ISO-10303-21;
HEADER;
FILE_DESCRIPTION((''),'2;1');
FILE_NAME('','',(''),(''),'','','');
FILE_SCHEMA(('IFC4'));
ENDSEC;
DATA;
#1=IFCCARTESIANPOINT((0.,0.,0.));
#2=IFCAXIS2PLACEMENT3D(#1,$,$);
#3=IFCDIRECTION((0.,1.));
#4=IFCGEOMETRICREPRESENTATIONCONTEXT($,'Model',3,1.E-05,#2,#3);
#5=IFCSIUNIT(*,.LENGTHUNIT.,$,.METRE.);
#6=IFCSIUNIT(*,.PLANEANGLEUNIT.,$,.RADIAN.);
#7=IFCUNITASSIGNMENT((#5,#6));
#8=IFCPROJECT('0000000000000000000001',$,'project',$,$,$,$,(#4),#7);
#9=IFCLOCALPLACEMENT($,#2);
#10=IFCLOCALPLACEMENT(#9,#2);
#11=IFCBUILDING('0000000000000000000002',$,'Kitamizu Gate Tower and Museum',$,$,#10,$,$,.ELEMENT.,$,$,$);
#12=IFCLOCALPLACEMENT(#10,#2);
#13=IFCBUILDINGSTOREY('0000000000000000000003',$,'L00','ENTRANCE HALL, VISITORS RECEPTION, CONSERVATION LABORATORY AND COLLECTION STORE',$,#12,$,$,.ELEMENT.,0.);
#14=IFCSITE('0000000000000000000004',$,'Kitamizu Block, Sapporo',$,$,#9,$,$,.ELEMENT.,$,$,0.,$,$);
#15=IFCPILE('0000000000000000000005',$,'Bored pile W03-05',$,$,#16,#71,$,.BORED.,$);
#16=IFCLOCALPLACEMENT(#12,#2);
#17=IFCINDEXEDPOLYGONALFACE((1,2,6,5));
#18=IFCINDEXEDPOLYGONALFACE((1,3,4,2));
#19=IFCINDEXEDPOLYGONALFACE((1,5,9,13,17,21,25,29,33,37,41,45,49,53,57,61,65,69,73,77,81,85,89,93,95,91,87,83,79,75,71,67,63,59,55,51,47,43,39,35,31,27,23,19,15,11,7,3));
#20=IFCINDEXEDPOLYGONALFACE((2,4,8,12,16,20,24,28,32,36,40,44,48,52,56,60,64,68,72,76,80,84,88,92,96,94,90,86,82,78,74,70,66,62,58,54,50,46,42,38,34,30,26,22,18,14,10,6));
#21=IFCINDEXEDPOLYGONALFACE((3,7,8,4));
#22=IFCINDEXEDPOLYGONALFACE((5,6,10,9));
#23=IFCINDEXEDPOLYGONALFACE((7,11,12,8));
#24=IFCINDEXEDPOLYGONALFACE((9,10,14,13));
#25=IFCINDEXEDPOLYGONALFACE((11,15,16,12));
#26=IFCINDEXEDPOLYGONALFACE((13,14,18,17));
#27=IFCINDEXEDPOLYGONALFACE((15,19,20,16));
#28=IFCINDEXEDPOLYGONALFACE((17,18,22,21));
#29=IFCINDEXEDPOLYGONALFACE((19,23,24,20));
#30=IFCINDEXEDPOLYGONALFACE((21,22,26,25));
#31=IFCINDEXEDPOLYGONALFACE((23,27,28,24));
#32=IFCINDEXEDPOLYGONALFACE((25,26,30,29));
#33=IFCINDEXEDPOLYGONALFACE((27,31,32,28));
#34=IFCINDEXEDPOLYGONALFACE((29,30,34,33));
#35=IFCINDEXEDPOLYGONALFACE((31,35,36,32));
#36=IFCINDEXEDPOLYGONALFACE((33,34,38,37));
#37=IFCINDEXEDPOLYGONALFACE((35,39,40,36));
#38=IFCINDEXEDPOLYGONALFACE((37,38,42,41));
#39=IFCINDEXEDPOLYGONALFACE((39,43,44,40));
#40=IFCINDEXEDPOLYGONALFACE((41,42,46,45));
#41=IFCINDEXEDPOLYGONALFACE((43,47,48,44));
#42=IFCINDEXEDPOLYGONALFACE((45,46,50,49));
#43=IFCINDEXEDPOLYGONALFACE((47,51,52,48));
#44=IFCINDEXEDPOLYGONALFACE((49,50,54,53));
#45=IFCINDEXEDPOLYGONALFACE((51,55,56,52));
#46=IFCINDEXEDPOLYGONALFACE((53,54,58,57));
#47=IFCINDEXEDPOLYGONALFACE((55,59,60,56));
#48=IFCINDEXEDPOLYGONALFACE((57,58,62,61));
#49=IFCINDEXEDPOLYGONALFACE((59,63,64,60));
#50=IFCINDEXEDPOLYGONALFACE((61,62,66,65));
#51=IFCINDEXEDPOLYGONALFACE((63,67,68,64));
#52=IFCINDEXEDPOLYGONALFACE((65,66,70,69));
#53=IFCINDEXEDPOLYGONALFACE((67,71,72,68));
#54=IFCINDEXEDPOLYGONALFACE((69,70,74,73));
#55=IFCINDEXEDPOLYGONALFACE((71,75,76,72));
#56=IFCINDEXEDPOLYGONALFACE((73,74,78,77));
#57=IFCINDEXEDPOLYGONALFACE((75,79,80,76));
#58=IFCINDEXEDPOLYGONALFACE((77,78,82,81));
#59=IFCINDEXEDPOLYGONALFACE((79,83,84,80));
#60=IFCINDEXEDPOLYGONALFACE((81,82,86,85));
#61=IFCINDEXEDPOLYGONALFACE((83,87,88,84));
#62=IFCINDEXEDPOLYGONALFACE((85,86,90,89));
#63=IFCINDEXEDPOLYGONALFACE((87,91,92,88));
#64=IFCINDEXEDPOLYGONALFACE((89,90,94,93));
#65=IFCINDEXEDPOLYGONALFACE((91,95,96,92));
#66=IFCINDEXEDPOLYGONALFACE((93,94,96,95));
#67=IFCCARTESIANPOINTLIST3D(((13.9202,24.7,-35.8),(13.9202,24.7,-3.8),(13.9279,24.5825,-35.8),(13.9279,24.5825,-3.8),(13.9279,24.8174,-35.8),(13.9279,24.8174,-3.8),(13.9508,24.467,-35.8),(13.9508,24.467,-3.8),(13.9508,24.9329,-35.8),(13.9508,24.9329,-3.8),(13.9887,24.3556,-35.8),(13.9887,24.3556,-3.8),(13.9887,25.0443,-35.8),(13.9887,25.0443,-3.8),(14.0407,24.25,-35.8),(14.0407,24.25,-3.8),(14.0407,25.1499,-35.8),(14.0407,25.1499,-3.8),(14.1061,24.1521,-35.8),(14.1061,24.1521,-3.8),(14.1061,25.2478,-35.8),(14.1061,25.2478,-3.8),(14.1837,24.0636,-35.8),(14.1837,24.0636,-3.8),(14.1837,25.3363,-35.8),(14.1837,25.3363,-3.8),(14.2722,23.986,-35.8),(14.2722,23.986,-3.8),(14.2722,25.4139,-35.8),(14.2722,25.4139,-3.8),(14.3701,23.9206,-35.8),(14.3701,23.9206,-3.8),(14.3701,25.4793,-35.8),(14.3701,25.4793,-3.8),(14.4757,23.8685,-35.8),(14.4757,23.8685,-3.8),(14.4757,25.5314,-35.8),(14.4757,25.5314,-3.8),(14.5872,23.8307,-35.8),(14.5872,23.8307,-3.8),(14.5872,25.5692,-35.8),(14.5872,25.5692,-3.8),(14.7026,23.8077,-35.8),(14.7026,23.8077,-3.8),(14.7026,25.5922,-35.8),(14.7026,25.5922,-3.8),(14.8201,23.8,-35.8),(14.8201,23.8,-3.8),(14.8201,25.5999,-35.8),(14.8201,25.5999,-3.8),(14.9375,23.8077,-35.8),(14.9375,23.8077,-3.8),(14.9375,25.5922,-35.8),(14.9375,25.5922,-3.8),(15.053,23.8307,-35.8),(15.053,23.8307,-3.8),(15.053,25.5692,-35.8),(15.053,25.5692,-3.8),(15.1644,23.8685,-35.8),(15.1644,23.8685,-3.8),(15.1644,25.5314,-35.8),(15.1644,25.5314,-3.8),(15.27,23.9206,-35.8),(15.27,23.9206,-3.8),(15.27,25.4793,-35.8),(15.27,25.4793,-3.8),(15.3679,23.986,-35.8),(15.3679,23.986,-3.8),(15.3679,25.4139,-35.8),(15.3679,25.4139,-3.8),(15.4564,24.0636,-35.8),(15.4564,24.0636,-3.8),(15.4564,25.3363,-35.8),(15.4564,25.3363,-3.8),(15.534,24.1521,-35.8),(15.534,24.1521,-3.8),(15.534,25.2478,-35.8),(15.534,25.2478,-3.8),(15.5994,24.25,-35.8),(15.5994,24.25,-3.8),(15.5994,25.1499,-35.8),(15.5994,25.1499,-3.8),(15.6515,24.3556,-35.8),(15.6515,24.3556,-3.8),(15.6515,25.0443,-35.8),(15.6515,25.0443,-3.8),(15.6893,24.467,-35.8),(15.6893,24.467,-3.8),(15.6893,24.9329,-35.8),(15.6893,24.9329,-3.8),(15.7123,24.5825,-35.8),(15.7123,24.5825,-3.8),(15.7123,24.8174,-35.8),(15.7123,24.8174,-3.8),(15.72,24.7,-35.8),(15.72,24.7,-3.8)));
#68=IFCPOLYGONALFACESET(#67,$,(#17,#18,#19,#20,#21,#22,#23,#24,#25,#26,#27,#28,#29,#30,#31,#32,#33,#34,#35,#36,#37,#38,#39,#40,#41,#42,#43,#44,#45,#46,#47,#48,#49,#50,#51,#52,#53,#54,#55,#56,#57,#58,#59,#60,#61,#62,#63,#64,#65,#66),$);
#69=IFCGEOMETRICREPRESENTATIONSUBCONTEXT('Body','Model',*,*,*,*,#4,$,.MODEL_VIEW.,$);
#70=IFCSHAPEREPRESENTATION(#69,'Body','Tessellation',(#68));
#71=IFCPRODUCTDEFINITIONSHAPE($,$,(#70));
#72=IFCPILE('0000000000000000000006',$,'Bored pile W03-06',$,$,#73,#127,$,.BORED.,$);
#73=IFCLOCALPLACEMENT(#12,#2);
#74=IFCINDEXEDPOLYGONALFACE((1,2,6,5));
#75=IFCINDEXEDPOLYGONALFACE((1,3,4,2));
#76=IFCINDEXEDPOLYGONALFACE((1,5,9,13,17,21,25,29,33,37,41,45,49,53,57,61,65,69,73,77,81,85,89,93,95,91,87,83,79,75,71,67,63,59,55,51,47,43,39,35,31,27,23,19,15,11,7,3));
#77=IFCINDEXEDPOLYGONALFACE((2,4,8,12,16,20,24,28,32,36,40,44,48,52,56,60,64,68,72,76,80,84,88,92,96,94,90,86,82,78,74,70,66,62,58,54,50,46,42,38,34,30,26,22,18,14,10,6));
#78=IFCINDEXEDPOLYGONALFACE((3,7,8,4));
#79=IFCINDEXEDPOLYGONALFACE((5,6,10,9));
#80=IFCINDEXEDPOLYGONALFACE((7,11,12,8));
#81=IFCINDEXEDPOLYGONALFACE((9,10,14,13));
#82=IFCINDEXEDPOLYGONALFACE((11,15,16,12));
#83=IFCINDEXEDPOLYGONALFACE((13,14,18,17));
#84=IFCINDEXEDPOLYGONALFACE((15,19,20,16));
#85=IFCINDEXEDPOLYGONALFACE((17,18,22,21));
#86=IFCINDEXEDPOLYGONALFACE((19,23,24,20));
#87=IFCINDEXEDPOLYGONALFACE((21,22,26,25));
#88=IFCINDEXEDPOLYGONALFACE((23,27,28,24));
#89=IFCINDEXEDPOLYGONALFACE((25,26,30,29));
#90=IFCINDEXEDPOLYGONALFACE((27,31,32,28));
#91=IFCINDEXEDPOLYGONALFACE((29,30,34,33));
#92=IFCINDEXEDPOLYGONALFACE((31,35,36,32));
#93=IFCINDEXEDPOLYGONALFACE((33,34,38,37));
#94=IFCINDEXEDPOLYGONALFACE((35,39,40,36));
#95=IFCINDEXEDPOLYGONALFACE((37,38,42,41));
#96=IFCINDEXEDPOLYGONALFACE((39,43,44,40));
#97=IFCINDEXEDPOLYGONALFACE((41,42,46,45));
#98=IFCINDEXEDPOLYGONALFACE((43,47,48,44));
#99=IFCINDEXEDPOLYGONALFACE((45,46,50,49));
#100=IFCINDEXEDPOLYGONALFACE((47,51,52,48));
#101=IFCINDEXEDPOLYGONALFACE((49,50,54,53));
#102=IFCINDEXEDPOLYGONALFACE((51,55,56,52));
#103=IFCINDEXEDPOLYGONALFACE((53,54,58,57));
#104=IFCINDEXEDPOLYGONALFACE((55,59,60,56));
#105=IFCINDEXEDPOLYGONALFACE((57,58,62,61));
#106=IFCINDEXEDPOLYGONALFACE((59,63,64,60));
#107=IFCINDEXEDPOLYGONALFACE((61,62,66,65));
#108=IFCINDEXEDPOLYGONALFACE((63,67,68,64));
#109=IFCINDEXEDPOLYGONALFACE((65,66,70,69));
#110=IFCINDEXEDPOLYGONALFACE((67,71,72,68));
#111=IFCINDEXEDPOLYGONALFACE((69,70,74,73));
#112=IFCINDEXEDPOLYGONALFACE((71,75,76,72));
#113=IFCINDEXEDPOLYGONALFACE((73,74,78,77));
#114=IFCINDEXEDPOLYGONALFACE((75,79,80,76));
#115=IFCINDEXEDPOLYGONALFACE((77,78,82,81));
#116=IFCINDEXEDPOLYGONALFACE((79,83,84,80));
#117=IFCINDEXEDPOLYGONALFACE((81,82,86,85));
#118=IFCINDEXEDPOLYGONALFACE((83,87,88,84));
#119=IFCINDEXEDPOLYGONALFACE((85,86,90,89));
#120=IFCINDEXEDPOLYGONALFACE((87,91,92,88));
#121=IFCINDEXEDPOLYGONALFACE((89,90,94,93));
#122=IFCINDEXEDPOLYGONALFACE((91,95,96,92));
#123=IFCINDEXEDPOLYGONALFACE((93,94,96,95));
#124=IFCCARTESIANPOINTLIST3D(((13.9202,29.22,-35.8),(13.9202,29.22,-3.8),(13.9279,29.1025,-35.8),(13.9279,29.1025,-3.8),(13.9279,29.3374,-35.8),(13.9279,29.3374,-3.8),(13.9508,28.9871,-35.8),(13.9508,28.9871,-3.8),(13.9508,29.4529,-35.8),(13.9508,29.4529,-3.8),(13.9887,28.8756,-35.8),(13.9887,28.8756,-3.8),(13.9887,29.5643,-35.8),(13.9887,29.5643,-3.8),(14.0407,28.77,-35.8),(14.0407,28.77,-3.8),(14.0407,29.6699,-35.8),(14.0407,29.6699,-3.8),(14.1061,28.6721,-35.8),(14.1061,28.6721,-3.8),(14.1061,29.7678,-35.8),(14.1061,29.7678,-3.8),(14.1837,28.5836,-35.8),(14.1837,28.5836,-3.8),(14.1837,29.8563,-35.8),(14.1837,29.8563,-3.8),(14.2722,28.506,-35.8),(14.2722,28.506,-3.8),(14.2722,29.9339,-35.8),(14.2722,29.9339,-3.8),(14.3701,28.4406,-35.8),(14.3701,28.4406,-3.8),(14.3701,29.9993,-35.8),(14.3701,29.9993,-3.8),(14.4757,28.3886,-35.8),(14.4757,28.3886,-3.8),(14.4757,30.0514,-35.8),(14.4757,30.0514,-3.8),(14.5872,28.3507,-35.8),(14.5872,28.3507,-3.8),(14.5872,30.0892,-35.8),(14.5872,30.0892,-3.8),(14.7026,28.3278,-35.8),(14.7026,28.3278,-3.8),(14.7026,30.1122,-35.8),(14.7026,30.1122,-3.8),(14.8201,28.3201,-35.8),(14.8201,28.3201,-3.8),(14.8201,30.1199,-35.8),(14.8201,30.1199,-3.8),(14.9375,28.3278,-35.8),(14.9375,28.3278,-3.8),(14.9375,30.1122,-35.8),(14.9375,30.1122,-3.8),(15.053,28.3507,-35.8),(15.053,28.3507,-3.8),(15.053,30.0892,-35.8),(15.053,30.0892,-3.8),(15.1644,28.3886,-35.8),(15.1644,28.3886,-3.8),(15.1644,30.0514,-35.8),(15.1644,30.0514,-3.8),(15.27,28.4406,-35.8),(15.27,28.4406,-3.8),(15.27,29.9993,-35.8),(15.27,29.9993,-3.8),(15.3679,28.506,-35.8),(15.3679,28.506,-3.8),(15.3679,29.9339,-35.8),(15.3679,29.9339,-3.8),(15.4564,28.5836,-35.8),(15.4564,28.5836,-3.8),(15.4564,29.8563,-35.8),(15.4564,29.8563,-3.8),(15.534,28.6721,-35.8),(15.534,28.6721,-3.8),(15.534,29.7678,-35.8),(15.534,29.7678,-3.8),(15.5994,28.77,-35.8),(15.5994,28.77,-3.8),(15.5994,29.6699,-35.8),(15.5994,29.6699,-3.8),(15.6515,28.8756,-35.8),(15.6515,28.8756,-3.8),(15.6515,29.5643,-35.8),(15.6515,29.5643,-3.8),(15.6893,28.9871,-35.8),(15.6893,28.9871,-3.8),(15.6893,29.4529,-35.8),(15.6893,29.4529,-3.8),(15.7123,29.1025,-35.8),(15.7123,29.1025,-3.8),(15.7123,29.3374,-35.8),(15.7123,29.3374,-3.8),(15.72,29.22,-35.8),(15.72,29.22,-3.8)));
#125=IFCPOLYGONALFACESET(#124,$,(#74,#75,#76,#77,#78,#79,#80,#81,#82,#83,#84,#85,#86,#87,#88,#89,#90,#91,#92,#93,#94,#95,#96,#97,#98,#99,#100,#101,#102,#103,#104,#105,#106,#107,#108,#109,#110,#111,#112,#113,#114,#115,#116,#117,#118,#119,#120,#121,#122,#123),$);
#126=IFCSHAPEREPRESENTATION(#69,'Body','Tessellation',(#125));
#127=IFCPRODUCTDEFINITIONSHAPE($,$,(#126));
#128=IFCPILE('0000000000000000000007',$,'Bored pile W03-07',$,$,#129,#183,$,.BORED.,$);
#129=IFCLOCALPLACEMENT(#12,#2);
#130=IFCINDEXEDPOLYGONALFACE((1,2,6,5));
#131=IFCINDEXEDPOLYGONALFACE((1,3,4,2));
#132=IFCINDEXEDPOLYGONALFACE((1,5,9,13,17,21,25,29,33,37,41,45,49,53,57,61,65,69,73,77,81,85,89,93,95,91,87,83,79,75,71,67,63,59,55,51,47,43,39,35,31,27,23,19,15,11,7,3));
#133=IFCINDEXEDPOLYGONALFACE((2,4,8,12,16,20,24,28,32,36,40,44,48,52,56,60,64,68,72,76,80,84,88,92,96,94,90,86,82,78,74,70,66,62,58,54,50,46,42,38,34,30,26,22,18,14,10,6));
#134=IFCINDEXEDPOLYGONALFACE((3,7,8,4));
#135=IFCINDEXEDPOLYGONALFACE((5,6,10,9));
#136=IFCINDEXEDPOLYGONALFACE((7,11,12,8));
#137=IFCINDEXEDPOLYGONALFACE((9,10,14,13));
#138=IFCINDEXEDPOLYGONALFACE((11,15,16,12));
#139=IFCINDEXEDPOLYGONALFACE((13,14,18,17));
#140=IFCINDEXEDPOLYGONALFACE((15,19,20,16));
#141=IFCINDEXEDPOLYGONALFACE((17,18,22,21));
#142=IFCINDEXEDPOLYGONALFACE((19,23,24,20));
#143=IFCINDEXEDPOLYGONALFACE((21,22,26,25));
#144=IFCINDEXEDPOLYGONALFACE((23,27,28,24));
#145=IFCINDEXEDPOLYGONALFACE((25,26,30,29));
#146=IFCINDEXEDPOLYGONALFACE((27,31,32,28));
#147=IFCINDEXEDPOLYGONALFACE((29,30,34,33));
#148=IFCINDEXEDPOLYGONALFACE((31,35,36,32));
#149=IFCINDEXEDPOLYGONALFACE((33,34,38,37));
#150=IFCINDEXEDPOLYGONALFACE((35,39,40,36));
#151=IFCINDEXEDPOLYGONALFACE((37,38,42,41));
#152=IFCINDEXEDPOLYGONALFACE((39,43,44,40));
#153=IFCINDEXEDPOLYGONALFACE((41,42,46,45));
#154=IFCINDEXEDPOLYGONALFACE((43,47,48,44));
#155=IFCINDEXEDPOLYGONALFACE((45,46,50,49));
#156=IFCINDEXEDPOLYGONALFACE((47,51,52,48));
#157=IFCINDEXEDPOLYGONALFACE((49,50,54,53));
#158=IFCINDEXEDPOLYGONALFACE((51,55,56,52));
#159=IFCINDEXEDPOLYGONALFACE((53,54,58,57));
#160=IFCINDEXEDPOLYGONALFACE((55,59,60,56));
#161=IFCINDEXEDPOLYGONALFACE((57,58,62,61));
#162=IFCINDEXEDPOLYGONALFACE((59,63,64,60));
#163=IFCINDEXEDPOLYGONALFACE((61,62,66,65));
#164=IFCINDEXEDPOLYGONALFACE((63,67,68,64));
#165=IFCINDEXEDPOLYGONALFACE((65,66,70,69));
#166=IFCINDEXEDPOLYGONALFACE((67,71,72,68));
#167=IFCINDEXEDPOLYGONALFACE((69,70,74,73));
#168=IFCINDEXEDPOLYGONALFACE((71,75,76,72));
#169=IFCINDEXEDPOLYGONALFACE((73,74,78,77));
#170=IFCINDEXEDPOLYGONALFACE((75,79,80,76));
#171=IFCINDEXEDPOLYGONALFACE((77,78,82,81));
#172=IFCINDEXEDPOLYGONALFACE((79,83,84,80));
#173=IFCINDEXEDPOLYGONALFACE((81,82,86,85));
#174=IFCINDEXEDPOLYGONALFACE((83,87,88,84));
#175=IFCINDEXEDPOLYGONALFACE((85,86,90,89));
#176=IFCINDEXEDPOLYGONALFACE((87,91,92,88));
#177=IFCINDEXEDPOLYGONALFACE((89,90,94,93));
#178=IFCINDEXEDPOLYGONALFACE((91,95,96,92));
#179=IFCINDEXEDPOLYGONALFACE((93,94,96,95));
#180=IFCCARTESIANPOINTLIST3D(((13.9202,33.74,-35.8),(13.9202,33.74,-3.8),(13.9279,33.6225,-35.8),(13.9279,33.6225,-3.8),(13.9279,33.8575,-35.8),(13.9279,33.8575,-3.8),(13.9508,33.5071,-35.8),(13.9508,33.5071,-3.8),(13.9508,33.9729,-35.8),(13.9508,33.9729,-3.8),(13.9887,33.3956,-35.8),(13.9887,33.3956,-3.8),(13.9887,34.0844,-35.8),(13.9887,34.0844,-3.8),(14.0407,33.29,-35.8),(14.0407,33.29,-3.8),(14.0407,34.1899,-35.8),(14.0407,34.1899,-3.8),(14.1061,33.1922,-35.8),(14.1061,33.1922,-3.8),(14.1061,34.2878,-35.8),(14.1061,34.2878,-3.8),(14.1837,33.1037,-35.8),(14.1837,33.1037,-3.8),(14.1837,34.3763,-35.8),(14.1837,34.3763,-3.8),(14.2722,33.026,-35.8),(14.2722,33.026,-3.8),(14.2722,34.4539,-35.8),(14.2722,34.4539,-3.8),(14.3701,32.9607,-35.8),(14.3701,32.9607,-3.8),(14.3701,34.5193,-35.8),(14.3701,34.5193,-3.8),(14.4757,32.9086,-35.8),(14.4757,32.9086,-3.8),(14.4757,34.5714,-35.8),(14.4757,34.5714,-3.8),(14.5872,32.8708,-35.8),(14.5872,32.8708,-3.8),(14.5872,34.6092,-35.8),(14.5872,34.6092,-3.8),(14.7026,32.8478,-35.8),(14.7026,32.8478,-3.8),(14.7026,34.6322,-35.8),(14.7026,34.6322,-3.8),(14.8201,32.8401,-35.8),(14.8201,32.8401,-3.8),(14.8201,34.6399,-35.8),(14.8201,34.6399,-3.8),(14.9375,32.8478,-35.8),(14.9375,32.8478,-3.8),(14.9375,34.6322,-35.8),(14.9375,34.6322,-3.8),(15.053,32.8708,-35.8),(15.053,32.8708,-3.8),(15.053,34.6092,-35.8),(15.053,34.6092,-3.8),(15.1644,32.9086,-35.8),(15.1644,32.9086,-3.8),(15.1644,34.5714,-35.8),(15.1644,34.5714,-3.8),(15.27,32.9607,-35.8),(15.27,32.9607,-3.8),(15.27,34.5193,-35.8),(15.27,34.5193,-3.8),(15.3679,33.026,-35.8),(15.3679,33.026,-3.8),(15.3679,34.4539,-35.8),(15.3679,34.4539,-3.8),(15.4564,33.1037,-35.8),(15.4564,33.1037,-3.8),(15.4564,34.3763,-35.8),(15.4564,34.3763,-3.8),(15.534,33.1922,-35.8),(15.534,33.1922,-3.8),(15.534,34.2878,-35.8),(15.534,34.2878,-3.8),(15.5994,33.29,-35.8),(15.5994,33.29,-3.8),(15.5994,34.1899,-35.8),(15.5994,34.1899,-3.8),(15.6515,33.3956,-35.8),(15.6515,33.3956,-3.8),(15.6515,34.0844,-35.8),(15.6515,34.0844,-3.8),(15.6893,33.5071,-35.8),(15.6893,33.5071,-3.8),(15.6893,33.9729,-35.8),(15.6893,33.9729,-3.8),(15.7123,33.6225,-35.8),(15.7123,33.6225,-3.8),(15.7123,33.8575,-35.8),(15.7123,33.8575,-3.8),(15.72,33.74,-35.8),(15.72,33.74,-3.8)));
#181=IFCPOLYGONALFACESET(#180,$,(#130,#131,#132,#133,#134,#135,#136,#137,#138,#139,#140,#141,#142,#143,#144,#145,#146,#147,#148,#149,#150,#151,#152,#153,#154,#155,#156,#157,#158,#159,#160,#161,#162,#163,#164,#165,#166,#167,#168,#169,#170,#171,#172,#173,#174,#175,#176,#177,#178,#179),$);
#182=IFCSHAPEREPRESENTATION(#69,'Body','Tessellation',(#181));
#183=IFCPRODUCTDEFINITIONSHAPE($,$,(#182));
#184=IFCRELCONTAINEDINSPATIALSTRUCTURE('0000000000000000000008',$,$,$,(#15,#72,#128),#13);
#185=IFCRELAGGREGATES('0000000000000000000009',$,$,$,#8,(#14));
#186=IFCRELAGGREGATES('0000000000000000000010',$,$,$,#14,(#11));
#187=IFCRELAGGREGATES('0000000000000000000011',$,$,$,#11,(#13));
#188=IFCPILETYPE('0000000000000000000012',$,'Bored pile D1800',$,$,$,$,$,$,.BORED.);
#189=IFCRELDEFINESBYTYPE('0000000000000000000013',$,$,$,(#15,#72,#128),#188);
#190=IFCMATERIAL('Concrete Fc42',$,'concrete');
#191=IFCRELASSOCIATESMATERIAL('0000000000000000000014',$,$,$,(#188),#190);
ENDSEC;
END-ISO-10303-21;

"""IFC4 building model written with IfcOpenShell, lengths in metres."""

from ifc_helpers import new_model, si_unit, direction, frame, origin, origin_2d, place, context, subcontext, project, spatial, circle, extrude, material, material_profile, profile_set, type_object, element, save


model = new_model("IFC4")

# Units and contexts
model_context = context("Model", 3, precision=1e-05, world=origin(), true_north=direction((0.0, 1.0)))
body_context = subcontext(model_context, "Body", "Model", "MODEL_VIEW")
ifc_project = project(units=[si_unit("LENGTHUNIT", "METRE"), si_unit("PLANEANGLEUNIT", "RADIAN")], contexts=[model_context])

# Site, building, storey
site_placement = place(None, origin())
site = spatial("IfcSite", under=ifc_project, at=site_placement, Name="Kitamizu Block, Sapporo", CompositionType="ELEMENT", RefElevation=0.0)
building_placement = place(site_placement, origin())
building = spatial("IfcBuilding", under=site, at=building_placement, Name="Kitamizu Gate Tower and Museum", CompositionType="ELEMENT")
storey_placement = place(building_placement, origin())
storey = spatial("IfcBuildingStorey", under=building, at=storey_placement, Name="L00", Description="ENTRANCE HALL, VISITORS RECEPTION, CONSERVATION LABORATORY AND COLLECTION STORE", CompositionType="ELEMENT", Elevation=0.0)

# Piles
ifc_material_1 = material(Name="Concrete Fc42", Category="concrete")
ifc_material_profile = material_profile(ifc_material_1, circle(Radius=0.8999, at=origin_2d()), Name="Bored pile D1800")
ifc_profile_set = profile_set([ifc_material_profile], Name="Concrete Fc42")
pile_type = type_object("IfcPileType", Name="Bored pile D1800", PredefinedType="BORED", material=ifc_profile_set)
for number, where, z_axis, x_axis, name in (
    (1, (14.8201, 24.7, -3.8), (0.0, 0.0, -1.0), (1.0, 0.0, 0.0), "Bored pile W03-05"),
    (2, (14.8201, 29.22, -3.8), (0.0, 0.0, -1.0), (1.0, 0.0, 0.0), "Bored pile W03-06"),
    (3, (14.8201, 33.74, -3.8), (0.0, 0.0, -1.0), (1.0, 0.0, 0.0), "Bored pile W03-07"),
):
    element("IfcPile", number, at=place(storey_placement, frame(where, z_axis=z_axis, x_axis=x_axis)), inside=storey, type_object=pile_type, Name=name, PredefinedType="BORED", context=body_context, shape_type="SweptSolid", body=[
        extrude(circle(Radius=0.8999, at=origin_2d()), origin(), (0.0, 0.0, 1.0), 32.0),
    ])

save(model, "model.ifc")
